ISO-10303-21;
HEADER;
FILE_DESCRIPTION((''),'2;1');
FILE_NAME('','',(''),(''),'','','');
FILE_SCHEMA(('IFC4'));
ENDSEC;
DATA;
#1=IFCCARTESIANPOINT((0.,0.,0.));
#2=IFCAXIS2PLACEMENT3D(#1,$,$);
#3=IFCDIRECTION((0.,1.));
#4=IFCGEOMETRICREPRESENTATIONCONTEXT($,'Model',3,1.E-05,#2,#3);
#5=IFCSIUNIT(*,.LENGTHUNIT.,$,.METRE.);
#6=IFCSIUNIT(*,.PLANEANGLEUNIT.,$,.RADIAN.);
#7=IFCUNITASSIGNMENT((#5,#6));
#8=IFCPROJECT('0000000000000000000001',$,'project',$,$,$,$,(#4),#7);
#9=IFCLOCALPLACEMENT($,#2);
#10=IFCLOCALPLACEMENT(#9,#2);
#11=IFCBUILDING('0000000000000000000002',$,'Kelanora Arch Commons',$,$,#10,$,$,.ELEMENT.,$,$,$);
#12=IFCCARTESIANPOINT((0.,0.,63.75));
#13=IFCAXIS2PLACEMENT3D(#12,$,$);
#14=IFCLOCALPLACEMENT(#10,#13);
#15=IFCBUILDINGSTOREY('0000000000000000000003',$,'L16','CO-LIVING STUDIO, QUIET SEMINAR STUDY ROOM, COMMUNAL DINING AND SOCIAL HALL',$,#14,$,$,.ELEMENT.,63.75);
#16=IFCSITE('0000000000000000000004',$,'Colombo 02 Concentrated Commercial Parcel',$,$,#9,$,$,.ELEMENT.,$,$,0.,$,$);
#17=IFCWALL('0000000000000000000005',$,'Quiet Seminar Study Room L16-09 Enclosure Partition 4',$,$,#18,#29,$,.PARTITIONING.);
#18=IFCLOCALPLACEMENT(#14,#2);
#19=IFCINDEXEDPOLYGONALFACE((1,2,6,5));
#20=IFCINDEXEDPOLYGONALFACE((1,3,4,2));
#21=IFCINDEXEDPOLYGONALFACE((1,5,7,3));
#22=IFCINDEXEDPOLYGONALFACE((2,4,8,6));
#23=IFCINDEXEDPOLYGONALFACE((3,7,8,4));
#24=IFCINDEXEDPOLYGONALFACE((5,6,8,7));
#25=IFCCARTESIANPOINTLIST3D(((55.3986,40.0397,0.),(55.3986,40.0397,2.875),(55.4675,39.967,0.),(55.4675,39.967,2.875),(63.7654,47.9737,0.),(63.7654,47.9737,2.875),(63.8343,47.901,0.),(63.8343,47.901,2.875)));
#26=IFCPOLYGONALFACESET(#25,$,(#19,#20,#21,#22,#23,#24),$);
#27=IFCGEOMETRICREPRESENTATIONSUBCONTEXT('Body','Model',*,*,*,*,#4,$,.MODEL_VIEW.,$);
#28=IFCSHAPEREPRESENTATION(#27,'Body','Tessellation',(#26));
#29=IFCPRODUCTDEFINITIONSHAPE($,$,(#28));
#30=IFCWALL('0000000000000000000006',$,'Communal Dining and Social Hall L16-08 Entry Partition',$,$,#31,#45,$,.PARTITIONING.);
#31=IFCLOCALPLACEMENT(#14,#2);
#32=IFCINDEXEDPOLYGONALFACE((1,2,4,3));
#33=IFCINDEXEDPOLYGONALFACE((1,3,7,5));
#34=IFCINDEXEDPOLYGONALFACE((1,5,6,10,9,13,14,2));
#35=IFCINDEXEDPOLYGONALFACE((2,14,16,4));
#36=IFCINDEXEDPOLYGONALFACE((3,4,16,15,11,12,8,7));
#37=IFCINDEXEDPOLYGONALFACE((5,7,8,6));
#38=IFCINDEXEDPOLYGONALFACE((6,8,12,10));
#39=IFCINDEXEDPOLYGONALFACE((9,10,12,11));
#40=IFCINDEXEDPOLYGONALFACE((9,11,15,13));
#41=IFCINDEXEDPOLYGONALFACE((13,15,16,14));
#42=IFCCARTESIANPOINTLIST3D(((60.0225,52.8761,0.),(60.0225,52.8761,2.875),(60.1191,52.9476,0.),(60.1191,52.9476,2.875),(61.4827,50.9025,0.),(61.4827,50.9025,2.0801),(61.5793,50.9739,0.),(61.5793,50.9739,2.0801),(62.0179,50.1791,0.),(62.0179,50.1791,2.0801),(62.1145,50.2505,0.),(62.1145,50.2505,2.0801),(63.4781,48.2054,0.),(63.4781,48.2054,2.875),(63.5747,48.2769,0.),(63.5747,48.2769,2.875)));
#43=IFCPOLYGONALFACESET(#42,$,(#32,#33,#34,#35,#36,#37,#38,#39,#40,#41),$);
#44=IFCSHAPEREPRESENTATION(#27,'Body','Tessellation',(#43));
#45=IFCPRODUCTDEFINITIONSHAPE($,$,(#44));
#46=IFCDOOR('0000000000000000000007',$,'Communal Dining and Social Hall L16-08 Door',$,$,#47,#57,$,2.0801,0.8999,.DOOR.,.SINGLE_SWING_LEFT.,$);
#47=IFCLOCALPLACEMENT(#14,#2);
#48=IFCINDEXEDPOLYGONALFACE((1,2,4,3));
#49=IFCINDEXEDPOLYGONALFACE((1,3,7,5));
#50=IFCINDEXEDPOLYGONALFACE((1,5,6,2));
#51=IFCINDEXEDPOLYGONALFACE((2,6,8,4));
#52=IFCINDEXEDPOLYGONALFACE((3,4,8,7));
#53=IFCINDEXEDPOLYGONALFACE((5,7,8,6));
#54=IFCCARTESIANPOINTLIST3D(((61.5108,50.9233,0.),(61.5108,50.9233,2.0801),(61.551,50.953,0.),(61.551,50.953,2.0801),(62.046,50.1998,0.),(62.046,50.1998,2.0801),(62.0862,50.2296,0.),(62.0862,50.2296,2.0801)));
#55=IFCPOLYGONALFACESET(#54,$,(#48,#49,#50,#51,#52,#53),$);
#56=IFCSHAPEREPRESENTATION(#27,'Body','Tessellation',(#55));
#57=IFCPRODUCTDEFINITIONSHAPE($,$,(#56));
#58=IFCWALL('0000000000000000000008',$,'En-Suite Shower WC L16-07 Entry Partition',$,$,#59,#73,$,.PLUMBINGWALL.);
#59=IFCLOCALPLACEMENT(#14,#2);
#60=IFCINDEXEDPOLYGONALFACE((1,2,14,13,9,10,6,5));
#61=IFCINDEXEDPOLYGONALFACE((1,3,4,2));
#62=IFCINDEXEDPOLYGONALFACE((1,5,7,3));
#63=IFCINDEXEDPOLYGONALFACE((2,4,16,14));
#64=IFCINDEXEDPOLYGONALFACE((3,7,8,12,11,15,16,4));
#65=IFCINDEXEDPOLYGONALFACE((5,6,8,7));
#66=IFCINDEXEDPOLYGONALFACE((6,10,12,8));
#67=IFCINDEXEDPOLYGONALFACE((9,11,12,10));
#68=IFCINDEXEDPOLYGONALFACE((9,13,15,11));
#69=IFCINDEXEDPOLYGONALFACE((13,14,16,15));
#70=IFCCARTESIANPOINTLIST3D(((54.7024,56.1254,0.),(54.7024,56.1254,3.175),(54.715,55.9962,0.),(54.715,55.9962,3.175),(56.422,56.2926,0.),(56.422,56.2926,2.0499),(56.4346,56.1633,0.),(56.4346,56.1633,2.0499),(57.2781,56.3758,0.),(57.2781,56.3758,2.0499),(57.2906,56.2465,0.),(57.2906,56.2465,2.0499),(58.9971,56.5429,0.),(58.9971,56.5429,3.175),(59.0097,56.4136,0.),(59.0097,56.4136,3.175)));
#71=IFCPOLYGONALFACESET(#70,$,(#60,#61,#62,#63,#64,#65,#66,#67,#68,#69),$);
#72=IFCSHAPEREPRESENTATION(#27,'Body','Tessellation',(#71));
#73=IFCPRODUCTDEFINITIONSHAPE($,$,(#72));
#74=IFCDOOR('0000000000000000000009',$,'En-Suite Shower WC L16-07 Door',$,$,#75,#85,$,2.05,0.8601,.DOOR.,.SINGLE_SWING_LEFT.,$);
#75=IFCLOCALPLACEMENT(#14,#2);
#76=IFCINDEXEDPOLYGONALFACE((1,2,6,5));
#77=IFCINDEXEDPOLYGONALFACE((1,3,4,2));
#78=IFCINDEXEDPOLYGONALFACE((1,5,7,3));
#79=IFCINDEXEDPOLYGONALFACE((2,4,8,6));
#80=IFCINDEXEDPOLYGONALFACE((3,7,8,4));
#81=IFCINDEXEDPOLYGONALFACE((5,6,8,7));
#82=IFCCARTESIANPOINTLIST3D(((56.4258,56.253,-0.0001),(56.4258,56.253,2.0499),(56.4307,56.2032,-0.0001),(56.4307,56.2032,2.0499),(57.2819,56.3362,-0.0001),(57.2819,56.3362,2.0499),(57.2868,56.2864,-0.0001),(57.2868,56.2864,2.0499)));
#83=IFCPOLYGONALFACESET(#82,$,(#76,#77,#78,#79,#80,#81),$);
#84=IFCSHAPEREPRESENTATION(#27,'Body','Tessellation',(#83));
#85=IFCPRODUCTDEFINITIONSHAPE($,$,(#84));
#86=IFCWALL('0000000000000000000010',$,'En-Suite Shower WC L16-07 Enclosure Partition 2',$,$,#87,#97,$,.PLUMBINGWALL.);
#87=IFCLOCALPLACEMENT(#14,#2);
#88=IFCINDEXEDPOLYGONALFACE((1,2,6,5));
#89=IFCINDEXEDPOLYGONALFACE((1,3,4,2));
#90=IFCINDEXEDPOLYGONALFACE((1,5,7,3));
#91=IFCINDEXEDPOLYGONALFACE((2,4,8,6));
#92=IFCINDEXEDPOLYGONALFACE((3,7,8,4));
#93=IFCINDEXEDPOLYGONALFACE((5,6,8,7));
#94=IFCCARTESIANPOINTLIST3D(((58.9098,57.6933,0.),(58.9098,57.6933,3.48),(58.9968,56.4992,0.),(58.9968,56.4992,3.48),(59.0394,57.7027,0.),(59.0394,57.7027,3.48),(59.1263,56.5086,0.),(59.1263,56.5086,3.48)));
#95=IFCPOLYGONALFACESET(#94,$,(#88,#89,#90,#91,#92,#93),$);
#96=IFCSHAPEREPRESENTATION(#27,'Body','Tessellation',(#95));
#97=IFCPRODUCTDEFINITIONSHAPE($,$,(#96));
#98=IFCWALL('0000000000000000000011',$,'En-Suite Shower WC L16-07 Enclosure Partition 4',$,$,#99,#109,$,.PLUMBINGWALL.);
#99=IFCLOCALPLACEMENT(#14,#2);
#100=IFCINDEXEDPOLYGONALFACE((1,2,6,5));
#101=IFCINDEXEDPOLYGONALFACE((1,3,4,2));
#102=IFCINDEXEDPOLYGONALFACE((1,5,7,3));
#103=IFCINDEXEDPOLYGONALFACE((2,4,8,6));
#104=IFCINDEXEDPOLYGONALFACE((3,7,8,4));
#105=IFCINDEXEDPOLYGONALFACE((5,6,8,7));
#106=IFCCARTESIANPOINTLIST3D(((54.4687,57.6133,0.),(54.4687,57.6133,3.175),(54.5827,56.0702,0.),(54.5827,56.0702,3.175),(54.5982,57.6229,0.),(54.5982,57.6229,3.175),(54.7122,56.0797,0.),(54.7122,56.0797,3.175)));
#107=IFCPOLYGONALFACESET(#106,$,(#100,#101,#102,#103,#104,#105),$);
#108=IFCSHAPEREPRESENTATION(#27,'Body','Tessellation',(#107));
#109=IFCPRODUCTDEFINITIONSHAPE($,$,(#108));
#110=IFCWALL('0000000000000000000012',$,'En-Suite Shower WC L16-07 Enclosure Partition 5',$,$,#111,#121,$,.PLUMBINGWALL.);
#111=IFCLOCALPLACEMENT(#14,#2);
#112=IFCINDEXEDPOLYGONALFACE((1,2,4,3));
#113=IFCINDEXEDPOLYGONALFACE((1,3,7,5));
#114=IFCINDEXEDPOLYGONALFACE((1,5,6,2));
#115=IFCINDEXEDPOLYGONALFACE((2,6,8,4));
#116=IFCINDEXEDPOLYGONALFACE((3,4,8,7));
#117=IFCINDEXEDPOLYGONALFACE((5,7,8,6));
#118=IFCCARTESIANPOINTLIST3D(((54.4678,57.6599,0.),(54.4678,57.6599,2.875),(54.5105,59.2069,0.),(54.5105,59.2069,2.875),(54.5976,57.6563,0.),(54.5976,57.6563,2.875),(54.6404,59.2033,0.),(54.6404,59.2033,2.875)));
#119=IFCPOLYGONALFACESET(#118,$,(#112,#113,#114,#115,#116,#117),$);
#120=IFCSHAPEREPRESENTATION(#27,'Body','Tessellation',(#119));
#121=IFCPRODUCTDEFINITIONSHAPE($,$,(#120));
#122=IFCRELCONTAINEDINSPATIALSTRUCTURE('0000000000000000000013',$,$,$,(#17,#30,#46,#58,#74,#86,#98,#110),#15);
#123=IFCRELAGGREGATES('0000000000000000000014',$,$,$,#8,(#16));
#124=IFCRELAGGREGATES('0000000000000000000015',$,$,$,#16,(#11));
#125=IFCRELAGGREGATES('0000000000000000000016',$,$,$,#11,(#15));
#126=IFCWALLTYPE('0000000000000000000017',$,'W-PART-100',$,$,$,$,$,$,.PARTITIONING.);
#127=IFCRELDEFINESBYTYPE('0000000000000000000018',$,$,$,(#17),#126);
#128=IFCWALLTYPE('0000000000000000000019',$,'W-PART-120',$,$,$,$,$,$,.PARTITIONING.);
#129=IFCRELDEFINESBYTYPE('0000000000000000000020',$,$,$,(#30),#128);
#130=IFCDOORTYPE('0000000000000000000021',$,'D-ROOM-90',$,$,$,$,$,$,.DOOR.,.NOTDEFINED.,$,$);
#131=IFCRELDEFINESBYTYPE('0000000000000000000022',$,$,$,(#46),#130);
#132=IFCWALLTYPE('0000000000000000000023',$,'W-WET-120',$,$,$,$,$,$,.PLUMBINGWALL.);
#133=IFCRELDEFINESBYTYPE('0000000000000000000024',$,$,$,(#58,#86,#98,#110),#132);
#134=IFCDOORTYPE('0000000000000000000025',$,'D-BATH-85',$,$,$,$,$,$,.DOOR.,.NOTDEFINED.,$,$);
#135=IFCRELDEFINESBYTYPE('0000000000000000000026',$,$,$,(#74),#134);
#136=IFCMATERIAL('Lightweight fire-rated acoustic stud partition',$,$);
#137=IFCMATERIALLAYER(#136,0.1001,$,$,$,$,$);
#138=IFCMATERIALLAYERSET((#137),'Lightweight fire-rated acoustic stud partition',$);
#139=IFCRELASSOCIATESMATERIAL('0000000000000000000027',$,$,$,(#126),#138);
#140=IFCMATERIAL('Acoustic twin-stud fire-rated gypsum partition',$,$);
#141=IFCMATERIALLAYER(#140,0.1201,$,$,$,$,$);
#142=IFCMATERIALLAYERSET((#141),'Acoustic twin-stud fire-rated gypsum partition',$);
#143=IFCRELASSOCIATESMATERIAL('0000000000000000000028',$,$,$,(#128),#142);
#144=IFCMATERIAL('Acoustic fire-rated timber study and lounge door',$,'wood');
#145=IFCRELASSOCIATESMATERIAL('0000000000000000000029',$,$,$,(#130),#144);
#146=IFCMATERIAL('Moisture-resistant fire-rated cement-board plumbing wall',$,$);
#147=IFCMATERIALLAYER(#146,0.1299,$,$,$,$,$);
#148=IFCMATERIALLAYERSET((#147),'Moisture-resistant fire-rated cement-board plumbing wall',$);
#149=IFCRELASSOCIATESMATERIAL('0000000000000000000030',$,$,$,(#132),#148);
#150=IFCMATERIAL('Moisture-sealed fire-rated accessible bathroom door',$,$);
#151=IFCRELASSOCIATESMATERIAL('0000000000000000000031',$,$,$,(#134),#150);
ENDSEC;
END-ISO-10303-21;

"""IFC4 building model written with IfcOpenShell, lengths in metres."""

from ifc_helpers import new_model, si_unit, direction, frame, frame_2d, origin, place, context, subcontext, project, spatial, rectangle, extrude, material, layer, layer_set, type_object, element, fill, save


model = new_model("IFC4")

# Units and contexts
model_context = context("Model", 3, precision=1e-05, world=origin(), true_north=direction((0.0, 1.0)))
body_context = subcontext(model_context, "Body", "Model", "MODEL_VIEW")
ifc_project = project(units=[si_unit("LENGTHUNIT", "METRE"), si_unit("PLANEANGLEUNIT", "RADIAN")], contexts=[model_context])

# Site, building, storey
site_placement = place(None, origin())
site = spatial("IfcSite", under=ifc_project, at=site_placement, Name="Colombo 02 Concentrated Commercial Parcel", CompositionType="ELEMENT", RefElevation=0.0)
building_placement = place(site_placement, origin())
building = spatial("IfcBuilding", under=site, at=building_placement, Name="Kelanora Arch Commons", CompositionType="ELEMENT")
storey_placement = place(building_placement, frame((0.0, 0.0, 63.75)))
storey = spatial("IfcBuildingStorey", under=building, at=storey_placement, Name="L16", Description="CO-LIVING STUDIO, QUIET SEMINAR STUDY ROOM, COMMUNAL DINING AND SOCIAL HALL", CompositionType="ELEMENT", Elevation=63.75)

# Wall
ifc_material_1 = material(Name="Lightweight fire-rated acoustic stud partition")
ifc_layer_1 = layer(ifc_material_1, 0.1001)
ifc_layer_set_1 = layer_set([ifc_layer_1], Name="Lightweight fire-rated acoustic stud partition")
wall_type_1 = type_object("IfcWallType", Name="W-PART-100", PredefinedType="PARTITIONING", material=ifc_layer_set_1)
wall_1_placement = place(storey_placement, frame((55.4331, 40.0034, 0.0), z_axis=(0.0, 0.0, 1.0), x_axis=(0.725628, 0.688088, 0.0)))
element("IfcWall", 1, at=wall_1_placement, inside=storey, type_object=wall_type_1, Name="Quiet Seminar Study Room L16-09 Enclosure Partition 4", PredefinedType="PARTITIONING", context=body_context, shape_type="SweptSolid", body=[
    extrude(rectangle(XDim=11.5305, YDim=0.1001, at=frame_2d((5.7651, 0.0))), origin(), (0.0, 0.0, 1.0), 2.875),
])

# Walls, openings, doors
ifc_material_2 = material(Name="Acoustic twin-stud fire-rated gypsum partition")
ifc_layer_2 = layer(ifc_material_2, 0.1201)
ifc_layer_set_2 = layer_set([ifc_layer_2], Name="Acoustic twin-stud fire-rated gypsum partition")
wall_type_2 = type_object("IfcWallType", Name="W-PART-120", PredefinedType="PARTITIONING", material=ifc_layer_set_2)
wall_2_placement = place(storey_placement, frame((60.0708, 52.9119, 0.0), z_axis=(0.0, 0.0, 1.0), x_axis=(0.594763, -0.803901, 0.0)))
wall_2 = element("IfcWall", 2, at=wall_2_placement, inside=storey, type_object=wall_type_2, Name="Communal Dining and Social Hall L16-08 Entry Partition", PredefinedType="PARTITIONING", context=body_context, shape_type="SweptSolid", body=[
    extrude(rectangle(XDim=5.8101, YDim=0.1201, at=frame_2d((2.905, 0.0))), origin(), (0.0, 0.0, 1.0), 2.875),
])
opening_1_placement = place(wall_2_placement, frame((2.4551, 0.0, 0.0)))
opening_1 = element("IfcOpeningElement", 3, at=opening_1_placement, cuts=wall_2, PredefinedType="OPENING", context=body_context, shape_type="SweptSolid", body=[
    extrude(rectangle(XDim=0.8999, YDim=2.0801, at=frame_2d((0.45, 1.04))), frame((0.0, 0.0701, 0.0), z_axis=(0.0, -1.0, 0.0), x_axis=(1.0, 0.0, 0.0)), (0.0, 0.0, 1.0), 0.1401),
])
ifc_material_3 = material(Name="Acoustic fire-rated timber study and lounge door", Category="wood")
door_type_1 = type_object("IfcDoorType", Name="D-ROOM-90", OperationType="NOTDEFINED", PredefinedType="DOOR", material=ifc_material_3)
door_1_placement = place(opening_1_placement, origin())
door_1 = element("IfcDoor", 4, at=door_1_placement, inside=storey, type_object=door_type_1, Name="Communal Dining and Social Hall L16-08 Door", OperationType="SINGLE_SWING_LEFT", OverallHeight=2.0801, OverallWidth=0.8999, PredefinedType="DOOR", context=body_context, shape_type="SweptSolid", body=[
    extrude(rectangle(XDim=0.8999, YDim=2.0801, at=frame_2d((0.45, 1.04))), frame((0.0, 0.0249, 0.0), z_axis=(0.0, -1.0, 0.0), x_axis=(1.0, 0.0, 0.0)), (0.0, 0.0, 1.0), 0.05),
])
fill(opening_1, door_1)
ifc_material_4 = material(Name="Moisture-resistant fire-rated cement-board plumbing wall")
ifc_layer_3 = layer(ifc_material_4, 0.1299)
ifc_layer_set_3 = layer_set([ifc_layer_3], Name="Moisture-resistant fire-rated cement-board plumbing wall")
wall_type_3 = type_object("IfcWallType", Name="W-WET-120", PredefinedType="PLUMBINGWALL", material=ifc_layer_set_3)
wall_3_placement = place(storey_placement, frame((59.0034, 56.4783, 0.0), z_axis=(0.0, 0.0, 1.0), x_axis=(-0.995308, -0.096753, 0.0)))
wall_3 = element("IfcWall", 5, at=wall_3_placement, inside=storey, type_object=wall_type_3, Name="En-Suite Shower WC L16-07 Entry Partition", PredefinedType="PLUMBINGWALL", context=body_context, shape_type="SweptSolid", body=[
    extrude(rectangle(XDim=4.3149, YDim=0.1299, at=frame_2d((2.1575, 0.0))), origin(), (0.0, 0.0, 1.0), 3.175),
])
opening_2_placement = place(wall_3_placement, frame((1.7271, 0.0, 0.0)))
opening_2 = element("IfcOpeningElement", 6, at=opening_2_placement, cuts=wall_3, PredefinedType="OPENING", context=body_context, shape_type="SweptSolid", body=[
    extrude(rectangle(XDim=0.8601, YDim=2.05, at=frame_2d((0.4302, 1.0249))), frame((0.0, 0.075, 0.0), z_axis=(0.0, -1.0, 0.0), x_axis=(1.0, 0.0, 0.0)), (0.0, 0.0, 1.0), 0.1499),
])
ifc_material_5 = material(Name="Moisture-sealed fire-rated accessible bathroom door")
door_type_2 = type_object("IfcDoorType", Name="D-BATH-85", OperationType="NOTDEFINED", PredefinedType="DOOR", material=ifc_material_5)
door_2_placement = place(opening_2_placement, origin())
door_2 = element("IfcDoor", 7, at=door_2_placement, inside=storey, type_object=door_type_2, Name="En-Suite Shower WC L16-07 Door", OperationType="SINGLE_SWING_LEFT", OverallHeight=2.05, OverallWidth=0.8601, PredefinedType="DOOR", context=body_context, shape_type="SweptSolid", body=[
    extrude(rectangle(XDim=0.8601, YDim=2.05, at=frame_2d((0.4302, 1.0249))), frame((0.0, 0.0249, 0.0), z_axis=(0.0, -1.0, 0.0), x_axis=(1.0, 0.0, 0.0)), (0.0, 0.0, 1.0), 0.05),
])
fill(opening_2, door_2)

# Walls
wall_4_placement = place(storey_placement, frame((58.9746, 57.698, 0.0), z_axis=(0.0, 0.0, 1.0), x_axis=(0.072595, -0.997362, 0.0)))
element("IfcWall", 8, at=wall_4_placement, inside=storey, type_object=wall_type_3, Name="En-Suite Shower WC L16-07 Enclosure Partition 2", PredefinedType="PLUMBINGWALL", context=body_context, shape_type="SweptSolid", body=[
    extrude(rectangle(XDim=1.1973, YDim=0.1299, at=frame_2d((0.5986, 0.0))), origin(), (0.0, 0.0, 1.0), 3.48),
])
wall_5_placement = place(storey_placement, frame((54.6475, 56.075, 0.0), z_axis=(0.0, 0.0, 1.0), x_axis=(-0.07368, 0.997282, 0.0)))
element("IfcWall", 9, at=wall_5_placement, inside=storey, type_object=wall_type_3, Name="En-Suite Shower WC L16-07 Enclosure Partition 4", PredefinedType="PLUMBINGWALL", context=body_context, shape_type="SweptSolid", body=[
    extrude(rectangle(XDim=1.5474, YDim=0.1299, at=frame_2d((0.7737, 0.0))), origin(), (0.0, 0.0, 1.0), 3.175),
])
wall_6_placement = place(storey_placement, frame((54.5327, 57.658, 0.0), z_axis=(0.0, 0.0, 1.0), x_axis=(0.027605, 0.999619, 0.0)))
element("IfcWall", 10, at=wall_6_placement, inside=storey, type_object=wall_type_3, Name="En-Suite Shower WC L16-07 Enclosure Partition 5", PredefinedType="PLUMBINGWALL", context=body_context, shape_type="SweptSolid", body=[
    extrude(rectangle(XDim=1.5476, YDim=0.1299, at=frame_2d((0.7739, 0.0))), origin(), (0.0, 0.0, 1.0), 2.875),
])

save(model, "model.ifc")
